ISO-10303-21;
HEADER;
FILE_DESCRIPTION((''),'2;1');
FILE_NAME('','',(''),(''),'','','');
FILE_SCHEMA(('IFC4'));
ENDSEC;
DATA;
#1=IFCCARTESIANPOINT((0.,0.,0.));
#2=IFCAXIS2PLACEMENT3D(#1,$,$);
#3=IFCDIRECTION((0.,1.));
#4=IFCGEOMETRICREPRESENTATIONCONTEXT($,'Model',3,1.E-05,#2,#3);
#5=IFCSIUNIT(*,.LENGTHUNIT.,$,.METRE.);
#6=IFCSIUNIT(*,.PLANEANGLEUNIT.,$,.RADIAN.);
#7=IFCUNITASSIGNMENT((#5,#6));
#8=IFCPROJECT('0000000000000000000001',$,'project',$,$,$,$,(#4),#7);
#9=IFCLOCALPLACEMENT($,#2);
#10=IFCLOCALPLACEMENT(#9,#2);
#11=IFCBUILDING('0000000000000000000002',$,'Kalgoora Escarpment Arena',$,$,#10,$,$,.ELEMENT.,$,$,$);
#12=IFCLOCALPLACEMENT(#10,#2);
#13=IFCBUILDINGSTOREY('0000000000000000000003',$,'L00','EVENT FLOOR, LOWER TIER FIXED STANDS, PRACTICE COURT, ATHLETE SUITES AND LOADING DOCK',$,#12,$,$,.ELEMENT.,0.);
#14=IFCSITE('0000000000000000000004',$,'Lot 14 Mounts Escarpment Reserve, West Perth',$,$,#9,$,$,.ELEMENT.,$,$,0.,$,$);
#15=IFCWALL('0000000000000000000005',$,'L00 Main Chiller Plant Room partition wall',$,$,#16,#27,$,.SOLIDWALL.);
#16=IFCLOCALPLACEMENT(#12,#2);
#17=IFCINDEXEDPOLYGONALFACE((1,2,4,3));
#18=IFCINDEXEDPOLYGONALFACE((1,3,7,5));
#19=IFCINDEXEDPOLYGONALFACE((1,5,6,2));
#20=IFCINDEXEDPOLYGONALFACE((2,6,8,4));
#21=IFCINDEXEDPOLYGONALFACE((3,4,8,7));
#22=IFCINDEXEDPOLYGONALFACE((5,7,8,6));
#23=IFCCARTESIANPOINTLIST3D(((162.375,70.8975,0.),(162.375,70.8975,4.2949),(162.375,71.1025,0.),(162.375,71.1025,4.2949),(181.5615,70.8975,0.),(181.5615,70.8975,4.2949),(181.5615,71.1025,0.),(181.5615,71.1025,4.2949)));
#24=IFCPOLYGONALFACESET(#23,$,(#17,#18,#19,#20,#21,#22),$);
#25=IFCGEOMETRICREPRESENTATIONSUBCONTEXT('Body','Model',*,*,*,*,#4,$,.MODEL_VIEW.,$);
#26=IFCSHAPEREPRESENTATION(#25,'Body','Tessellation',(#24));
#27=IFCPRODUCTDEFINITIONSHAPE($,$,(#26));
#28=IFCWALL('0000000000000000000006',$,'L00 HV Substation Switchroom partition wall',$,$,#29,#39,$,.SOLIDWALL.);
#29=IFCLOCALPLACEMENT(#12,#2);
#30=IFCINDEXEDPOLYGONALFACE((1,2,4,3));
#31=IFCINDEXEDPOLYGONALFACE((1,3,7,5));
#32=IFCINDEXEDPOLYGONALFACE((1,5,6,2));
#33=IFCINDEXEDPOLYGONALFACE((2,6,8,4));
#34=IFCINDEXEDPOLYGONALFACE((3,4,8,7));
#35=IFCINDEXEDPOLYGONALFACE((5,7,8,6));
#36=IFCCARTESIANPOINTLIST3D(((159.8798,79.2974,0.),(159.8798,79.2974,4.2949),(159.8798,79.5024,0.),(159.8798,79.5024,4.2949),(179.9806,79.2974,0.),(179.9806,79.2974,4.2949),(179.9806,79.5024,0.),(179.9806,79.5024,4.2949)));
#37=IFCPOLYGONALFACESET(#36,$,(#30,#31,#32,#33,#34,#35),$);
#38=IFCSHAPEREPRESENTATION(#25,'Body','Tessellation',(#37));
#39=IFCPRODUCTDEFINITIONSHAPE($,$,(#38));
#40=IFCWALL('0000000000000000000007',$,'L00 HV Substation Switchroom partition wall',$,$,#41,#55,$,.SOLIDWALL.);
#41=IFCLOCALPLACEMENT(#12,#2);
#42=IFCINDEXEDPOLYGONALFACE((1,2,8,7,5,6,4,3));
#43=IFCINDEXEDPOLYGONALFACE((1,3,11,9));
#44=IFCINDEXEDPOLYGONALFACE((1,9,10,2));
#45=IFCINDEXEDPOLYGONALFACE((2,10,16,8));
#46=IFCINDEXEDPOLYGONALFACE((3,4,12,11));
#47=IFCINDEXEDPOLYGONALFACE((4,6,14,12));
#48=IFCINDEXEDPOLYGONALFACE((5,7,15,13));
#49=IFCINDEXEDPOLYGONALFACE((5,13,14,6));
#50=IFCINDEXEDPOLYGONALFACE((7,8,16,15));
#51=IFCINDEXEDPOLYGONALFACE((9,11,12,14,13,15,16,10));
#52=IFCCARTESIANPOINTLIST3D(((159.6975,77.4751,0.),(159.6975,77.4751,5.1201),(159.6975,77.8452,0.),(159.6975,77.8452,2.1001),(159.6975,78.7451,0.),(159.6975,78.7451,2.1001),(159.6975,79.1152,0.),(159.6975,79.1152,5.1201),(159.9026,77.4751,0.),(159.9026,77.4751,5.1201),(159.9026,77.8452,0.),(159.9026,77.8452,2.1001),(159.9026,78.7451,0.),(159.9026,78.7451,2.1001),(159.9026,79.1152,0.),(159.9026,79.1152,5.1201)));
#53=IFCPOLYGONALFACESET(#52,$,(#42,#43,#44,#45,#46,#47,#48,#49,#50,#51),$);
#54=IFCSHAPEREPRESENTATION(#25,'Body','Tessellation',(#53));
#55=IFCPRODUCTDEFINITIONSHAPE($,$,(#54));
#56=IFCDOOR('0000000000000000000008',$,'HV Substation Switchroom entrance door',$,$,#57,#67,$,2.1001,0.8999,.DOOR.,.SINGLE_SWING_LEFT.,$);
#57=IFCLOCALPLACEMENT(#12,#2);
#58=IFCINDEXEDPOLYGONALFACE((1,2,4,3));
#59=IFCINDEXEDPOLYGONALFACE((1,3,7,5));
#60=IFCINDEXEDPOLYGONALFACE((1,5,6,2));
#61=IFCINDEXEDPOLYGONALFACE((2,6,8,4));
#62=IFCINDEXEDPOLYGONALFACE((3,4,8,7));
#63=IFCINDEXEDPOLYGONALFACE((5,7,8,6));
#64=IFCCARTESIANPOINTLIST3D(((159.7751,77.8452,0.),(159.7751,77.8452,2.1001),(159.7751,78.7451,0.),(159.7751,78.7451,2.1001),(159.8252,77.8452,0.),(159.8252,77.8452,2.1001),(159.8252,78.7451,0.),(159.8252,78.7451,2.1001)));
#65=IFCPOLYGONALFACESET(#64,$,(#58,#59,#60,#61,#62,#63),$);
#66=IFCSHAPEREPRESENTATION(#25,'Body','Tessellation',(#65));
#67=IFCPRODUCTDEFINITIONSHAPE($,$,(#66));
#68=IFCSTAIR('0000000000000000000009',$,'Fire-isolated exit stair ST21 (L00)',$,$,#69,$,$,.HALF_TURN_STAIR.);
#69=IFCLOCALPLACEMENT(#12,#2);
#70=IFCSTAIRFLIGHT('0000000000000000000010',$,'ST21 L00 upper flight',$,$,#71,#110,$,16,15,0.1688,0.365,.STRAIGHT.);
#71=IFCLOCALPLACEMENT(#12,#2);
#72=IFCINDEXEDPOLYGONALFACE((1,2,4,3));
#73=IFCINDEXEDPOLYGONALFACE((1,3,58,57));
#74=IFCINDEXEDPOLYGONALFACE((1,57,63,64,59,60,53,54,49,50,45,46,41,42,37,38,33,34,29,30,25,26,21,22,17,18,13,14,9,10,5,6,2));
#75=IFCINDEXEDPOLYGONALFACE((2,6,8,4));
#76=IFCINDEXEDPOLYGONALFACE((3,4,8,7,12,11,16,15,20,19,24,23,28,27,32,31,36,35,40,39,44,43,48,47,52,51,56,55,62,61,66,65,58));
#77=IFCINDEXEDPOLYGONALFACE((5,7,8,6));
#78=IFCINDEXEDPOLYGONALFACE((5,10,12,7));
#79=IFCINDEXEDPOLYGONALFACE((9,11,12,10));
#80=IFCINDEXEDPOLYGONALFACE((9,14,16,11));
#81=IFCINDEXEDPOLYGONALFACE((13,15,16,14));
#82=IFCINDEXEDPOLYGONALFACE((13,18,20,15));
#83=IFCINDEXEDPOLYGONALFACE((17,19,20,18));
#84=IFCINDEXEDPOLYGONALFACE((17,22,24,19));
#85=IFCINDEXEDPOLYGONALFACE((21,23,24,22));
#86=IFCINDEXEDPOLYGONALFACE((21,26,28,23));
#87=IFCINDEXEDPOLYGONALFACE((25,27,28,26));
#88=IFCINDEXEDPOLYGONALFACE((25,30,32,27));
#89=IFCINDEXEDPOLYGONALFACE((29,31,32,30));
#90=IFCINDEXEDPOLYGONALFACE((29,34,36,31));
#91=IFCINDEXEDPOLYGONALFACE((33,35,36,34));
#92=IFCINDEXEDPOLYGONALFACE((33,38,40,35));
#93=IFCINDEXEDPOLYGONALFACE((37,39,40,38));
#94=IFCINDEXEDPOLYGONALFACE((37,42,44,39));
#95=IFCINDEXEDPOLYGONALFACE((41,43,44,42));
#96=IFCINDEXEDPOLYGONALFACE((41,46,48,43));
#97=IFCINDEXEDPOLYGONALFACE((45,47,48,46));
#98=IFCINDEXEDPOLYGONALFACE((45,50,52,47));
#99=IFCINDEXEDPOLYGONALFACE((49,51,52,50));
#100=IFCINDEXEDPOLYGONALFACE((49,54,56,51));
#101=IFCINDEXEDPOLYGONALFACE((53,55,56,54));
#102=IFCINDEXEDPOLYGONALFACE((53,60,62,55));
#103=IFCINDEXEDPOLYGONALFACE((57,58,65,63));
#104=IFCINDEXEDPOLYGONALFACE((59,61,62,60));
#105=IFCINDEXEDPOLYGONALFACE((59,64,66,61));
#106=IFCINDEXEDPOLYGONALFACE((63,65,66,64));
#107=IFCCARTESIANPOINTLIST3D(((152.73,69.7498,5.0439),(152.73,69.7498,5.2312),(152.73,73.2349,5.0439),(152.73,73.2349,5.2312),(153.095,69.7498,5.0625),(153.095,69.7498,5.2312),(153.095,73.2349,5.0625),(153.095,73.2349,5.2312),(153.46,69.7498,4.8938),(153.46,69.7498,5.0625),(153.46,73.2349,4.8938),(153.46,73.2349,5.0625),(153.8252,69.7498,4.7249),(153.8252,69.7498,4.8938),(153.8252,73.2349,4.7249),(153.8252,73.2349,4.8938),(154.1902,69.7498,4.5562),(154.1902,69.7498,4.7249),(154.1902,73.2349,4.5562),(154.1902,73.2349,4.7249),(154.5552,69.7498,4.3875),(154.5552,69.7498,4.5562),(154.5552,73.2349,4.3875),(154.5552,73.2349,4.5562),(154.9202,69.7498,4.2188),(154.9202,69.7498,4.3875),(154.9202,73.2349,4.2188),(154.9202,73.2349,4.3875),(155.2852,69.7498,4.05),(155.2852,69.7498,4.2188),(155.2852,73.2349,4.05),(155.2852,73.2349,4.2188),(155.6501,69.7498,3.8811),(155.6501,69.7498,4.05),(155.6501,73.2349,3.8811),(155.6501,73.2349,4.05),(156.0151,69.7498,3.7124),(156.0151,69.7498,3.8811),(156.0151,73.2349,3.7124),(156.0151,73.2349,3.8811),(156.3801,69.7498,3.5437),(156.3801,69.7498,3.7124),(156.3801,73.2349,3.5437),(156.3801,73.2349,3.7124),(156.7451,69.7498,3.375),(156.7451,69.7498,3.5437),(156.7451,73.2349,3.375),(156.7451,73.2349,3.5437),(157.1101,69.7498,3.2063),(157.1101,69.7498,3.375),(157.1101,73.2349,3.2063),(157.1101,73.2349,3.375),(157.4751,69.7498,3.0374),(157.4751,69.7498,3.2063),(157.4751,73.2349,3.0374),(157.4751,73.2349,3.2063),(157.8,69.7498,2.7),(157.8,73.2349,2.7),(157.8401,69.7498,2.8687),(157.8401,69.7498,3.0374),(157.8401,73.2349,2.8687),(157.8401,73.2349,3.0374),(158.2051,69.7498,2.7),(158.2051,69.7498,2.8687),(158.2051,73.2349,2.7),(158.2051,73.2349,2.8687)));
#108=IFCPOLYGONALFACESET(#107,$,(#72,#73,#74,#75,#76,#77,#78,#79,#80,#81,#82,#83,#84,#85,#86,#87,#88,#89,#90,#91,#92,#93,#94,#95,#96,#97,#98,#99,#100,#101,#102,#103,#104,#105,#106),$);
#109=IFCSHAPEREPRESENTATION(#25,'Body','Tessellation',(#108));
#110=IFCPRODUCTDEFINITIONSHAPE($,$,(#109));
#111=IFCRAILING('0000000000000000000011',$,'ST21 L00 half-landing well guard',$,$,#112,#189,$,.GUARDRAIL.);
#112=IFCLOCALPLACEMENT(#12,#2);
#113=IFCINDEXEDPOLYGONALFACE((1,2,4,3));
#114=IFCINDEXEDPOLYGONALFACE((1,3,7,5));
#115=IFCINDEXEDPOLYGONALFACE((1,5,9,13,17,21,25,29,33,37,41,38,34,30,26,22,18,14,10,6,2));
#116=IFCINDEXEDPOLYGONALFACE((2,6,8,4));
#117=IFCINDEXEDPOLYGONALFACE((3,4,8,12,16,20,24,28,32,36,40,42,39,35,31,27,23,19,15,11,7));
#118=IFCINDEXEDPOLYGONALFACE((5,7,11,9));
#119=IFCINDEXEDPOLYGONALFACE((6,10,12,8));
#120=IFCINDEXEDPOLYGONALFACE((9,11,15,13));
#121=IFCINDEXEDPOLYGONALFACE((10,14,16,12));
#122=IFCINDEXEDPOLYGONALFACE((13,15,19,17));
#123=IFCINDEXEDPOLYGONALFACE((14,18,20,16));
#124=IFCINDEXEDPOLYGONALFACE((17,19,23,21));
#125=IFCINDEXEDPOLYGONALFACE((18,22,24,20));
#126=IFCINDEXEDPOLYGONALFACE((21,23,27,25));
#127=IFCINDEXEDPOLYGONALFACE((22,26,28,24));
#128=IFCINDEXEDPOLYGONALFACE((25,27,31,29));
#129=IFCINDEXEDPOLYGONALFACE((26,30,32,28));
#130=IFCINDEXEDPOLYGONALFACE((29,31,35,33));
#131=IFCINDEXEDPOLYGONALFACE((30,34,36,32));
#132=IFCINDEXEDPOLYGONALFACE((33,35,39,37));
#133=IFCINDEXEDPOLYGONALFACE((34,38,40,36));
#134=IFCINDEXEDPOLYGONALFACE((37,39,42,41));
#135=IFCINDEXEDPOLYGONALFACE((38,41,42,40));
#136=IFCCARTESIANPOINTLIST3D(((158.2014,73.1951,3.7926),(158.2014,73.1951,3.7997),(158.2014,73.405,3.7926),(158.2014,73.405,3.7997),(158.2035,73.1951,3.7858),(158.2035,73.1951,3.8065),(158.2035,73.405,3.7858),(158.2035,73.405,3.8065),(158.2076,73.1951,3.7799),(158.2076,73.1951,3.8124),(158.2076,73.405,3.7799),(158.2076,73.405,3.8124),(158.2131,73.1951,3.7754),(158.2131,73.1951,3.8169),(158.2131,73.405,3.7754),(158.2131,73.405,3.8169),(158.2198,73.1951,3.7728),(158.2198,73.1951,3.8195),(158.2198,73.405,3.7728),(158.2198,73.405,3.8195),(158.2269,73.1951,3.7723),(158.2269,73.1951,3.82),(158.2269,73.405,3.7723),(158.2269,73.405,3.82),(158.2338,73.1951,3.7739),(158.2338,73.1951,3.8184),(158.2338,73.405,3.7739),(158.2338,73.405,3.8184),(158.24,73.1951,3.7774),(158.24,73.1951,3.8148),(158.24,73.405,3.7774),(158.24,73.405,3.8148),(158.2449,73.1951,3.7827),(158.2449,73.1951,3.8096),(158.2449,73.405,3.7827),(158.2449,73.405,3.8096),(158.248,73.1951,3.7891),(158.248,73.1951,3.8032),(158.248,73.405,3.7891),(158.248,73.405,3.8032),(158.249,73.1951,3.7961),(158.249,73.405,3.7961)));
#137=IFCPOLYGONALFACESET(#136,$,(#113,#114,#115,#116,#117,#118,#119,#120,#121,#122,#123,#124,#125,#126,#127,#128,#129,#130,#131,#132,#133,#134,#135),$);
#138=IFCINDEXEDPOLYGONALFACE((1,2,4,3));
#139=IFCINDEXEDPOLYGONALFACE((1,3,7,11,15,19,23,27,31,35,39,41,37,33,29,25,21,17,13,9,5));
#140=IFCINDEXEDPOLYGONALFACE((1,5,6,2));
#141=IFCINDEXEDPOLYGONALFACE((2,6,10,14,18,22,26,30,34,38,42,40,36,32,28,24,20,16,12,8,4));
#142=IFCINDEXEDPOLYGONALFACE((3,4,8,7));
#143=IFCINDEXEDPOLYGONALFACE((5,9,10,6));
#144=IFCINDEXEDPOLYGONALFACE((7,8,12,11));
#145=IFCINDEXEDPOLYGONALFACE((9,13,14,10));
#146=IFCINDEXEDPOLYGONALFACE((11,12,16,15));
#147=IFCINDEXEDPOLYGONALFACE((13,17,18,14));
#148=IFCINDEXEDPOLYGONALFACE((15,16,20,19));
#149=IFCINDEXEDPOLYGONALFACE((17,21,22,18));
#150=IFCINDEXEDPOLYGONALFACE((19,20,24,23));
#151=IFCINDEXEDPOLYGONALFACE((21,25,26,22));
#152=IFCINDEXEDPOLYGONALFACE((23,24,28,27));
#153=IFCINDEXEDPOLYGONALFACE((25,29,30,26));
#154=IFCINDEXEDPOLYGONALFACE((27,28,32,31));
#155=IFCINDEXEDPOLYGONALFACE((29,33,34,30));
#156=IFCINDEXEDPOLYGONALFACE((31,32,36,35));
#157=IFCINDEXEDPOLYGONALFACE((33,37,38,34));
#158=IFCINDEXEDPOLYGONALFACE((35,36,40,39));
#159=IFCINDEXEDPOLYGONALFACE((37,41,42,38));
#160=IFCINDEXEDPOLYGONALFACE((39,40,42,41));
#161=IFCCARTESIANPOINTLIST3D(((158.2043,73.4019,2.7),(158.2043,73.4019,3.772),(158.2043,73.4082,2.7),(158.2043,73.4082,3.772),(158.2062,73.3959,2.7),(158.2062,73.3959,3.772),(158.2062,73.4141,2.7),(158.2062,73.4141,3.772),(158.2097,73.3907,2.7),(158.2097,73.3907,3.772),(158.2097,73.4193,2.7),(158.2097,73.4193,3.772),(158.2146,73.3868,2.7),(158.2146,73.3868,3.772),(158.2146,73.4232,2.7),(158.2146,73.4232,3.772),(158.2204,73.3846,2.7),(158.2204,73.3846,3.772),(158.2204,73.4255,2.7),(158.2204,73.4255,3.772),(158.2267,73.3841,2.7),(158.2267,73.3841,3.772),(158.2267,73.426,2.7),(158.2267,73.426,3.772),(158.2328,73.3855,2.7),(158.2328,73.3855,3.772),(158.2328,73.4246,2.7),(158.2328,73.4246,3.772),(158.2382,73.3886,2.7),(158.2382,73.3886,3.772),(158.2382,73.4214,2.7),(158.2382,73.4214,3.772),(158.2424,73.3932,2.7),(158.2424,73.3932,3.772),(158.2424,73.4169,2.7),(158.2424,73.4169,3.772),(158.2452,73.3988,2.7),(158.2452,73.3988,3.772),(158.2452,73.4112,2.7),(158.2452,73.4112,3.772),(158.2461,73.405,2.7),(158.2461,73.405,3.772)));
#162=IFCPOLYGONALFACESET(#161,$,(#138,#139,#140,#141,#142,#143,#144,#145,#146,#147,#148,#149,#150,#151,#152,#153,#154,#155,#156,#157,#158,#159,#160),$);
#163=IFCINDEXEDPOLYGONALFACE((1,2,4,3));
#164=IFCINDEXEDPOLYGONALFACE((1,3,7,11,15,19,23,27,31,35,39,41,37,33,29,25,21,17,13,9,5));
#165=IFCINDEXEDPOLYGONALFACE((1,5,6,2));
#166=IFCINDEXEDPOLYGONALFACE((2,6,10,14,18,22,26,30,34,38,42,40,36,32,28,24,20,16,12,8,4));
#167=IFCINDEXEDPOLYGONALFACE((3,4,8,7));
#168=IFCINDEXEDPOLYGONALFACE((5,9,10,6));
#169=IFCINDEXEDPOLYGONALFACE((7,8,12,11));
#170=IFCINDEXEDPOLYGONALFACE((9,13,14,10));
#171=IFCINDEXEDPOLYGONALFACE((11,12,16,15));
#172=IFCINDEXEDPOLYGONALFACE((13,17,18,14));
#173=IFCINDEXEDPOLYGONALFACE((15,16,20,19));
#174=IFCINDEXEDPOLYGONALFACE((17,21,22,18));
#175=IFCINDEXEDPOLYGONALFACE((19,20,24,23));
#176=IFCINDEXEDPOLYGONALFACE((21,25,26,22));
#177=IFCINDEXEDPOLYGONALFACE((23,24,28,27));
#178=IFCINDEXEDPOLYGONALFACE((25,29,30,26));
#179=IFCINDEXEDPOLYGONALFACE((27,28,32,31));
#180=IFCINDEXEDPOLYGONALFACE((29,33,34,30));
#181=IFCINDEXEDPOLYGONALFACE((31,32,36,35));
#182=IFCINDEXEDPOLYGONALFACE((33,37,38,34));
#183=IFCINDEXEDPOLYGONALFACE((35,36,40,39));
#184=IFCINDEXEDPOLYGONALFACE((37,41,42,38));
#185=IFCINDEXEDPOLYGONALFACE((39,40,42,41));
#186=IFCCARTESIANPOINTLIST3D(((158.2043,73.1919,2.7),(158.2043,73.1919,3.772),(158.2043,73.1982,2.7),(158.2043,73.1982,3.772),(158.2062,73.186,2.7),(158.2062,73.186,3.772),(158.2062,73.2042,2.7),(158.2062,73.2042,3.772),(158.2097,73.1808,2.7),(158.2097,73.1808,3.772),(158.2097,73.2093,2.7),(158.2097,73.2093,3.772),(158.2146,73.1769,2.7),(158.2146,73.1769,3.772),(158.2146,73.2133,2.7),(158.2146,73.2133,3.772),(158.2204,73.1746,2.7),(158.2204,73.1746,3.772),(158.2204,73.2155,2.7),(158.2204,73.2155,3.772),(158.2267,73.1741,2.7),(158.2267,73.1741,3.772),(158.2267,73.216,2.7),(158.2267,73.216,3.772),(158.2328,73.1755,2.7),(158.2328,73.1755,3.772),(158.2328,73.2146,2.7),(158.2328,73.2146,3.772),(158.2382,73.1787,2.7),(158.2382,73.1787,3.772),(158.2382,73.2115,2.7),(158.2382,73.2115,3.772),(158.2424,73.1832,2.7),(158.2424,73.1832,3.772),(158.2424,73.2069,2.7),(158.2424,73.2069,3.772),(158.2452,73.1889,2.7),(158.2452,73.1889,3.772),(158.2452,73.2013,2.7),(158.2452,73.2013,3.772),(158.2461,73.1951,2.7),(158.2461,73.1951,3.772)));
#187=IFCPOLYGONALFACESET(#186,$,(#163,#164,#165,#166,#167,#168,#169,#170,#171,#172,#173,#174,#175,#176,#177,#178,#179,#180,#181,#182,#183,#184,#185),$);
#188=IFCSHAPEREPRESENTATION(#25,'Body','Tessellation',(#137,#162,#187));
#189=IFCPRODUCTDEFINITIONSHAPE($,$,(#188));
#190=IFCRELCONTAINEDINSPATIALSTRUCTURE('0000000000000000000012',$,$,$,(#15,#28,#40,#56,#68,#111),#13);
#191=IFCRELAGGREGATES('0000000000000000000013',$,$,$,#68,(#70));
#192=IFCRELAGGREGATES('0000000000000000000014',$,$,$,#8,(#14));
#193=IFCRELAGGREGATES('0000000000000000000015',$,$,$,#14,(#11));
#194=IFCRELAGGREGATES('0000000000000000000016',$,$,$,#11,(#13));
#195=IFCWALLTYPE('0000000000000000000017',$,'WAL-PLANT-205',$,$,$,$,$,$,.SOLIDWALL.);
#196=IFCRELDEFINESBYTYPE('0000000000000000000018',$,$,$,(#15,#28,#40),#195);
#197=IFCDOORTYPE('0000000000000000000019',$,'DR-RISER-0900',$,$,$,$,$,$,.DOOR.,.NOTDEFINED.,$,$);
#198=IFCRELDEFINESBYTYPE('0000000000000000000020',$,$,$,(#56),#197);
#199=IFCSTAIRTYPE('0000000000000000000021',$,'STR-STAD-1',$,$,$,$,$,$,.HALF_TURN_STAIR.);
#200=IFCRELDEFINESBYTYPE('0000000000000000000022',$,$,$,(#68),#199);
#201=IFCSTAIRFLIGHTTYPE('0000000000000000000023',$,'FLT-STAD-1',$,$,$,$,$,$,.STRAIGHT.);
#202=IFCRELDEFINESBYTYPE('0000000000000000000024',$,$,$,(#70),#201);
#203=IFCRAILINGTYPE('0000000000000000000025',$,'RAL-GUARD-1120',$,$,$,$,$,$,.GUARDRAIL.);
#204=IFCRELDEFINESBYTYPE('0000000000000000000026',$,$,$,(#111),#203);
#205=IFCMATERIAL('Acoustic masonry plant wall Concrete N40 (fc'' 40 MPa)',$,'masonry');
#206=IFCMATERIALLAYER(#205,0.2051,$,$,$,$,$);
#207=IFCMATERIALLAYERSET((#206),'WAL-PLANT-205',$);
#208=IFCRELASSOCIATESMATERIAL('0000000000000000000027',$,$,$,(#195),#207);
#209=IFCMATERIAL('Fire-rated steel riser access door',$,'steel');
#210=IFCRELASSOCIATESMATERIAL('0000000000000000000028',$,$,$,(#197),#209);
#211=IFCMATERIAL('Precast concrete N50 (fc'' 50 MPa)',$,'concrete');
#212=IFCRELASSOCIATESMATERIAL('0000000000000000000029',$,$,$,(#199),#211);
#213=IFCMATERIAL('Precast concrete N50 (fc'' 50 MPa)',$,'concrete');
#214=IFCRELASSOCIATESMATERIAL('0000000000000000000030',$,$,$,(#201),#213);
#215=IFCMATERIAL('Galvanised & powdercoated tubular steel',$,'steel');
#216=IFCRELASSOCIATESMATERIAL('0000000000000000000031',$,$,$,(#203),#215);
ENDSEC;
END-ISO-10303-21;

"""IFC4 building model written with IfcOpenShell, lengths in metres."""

from ifc_helpers import new_model, si_unit, direction, frame, frame_2d, origin, origin_2d, place, context, subcontext, project, spatial, polyline, rectangle, circle, outline, extrude, material, layer, layer_set, type_object, element, fill, aggregate, save


model = new_model("IFC4")

# Units and contexts
model_context = context("Model", 3, precision=1e-05, world=origin(), true_north=direction((0.0, 1.0)))
body_context = subcontext(model_context, "Body", "Model", "MODEL_VIEW")
ifc_project = project(units=[si_unit("LENGTHUNIT", "METRE"), si_unit("PLANEANGLEUNIT", "RADIAN")], contexts=[model_context])

# Site, building, storey
site_placement = place(None, origin())
site = spatial("IfcSite", under=ifc_project, at=site_placement, Name="Lot 14 Mounts Escarpment Reserve, West Perth", CompositionType="ELEMENT", RefElevation=0.0)
building_placement = place(site_placement, origin())
building = spatial("IfcBuilding", under=site, at=building_placement, Name="Kalgoora Escarpment Arena", CompositionType="ELEMENT")
storey_placement = place(building_placement, origin())
storey = spatial("IfcBuildingStorey", under=building, at=storey_placement, Name="L00", Description="EVENT FLOOR, LOWER TIER FIXED STANDS, PRACTICE COURT, ATHLETE SUITES AND LOADING DOCK", CompositionType="ELEMENT", Elevation=0.0)

# Walls
ifc_material_1 = material(Name="Acoustic masonry plant wall Concrete N40 (fc' 40 MPa)", Category="masonry")
ifc_layer_1 = layer(ifc_material_1, 0.2051)
ifc_layer_set_1 = layer_set([ifc_layer_1], Name="WAL-PLANT-205")
wall_type_1 = type_object("IfcWallType", Name="WAL-PLANT-205", PredefinedType="SOLIDWALL", material=ifc_layer_set_1)
wall_1_placement = place(storey_placement, frame((162.375, 71.0, 0.0), z_axis=(0.0, 0.0, 1.0), x_axis=(1.0, 0.0, 0.0)))
element("IfcWall", 1, at=wall_1_placement, inside=storey, type_object=wall_type_1, Name="L00 Main Chiller Plant Room partition wall", PredefinedType="SOLIDWALL", context=body_context, shape_type="SweptSolid", body=[
    extrude(rectangle(XDim=19.1865, YDim=0.2051, at=frame_2d((9.5933, 0.0))), origin(), (0.0, 0.0, 1.0), 4.2949),
])
wall_2_placement = place(storey_placement, frame((159.8799, 79.3999, 0.0), z_axis=(0.0, 0.0, 1.0), x_axis=(1.0, 0.0, 0.0)))
element("IfcWall", 2, at=wall_2_placement, inside=storey, type_object=wall_type_1, Name="L00 HV Substation Switchroom partition wall", PredefinedType="SOLIDWALL", context=body_context, shape_type="SweptSolid", body=[
    extrude(rectangle(XDim=20.1008, YDim=0.2051, at=frame_2d((10.0503, 0.0))), origin(), (0.0, 0.0, 1.0), 4.2949),
])

# Wall, opening, door
wall_3_placement = place(storey_placement, frame((159.8, 77.4751, 0.0), z_axis=(0.0, 0.0, 1.0), x_axis=(0.0, 1.0, 0.0)))
wall_3 = element("IfcWall", 3, at=wall_3_placement, inside=storey, type_object=wall_type_1, Name="L00 HV Substation Switchroom partition wall", PredefinedType="SOLIDWALL", context=body_context, shape_type="SweptSolid", body=[
    extrude(rectangle(XDim=1.6401, YDim=0.2051, at=frame_2d((0.8201, 0.0))), origin(), (0.0, 0.0, 1.0), 5.1201),
])
opening_placement = place(wall_3_placement, frame((0.3701, 0.0, 0.0)))
opening = element("IfcOpeningElement", 4, at=opening_placement, cuts=wall_3, PredefinedType="OPENING", context=body_context, shape_type="SweptSolid", body=[
    extrude(rectangle(XDim=0.8999, YDim=2.1001, at=frame_2d((0.45, 1.05))), frame((0.0, 0.1125, 0.0), z_axis=(0.0, -1.0, 0.0), x_axis=(1.0, 0.0, 0.0)), (0.0, 0.0, 1.0), 0.2251),
])
ifc_material_2 = material(Name="Fire-rated steel riser access door", Category="steel")
door_type = type_object("IfcDoorType", Name="DR-RISER-0900", OperationType="NOTDEFINED", PredefinedType="DOOR", material=ifc_material_2)
door_placement = place(opening_placement, origin())
door = element("IfcDoor", 5, at=door_placement, inside=storey, type_object=door_type, Name="HV Substation Switchroom entrance door", OperationType="SINGLE_SWING_LEFT", OverallHeight=2.1001, OverallWidth=0.8999, PredefinedType="DOOR", context=body_context, shape_type="SweptSolid", body=[
    extrude(rectangle(XDim=0.8999, YDim=2.1001, at=frame_2d((0.45, 1.05))), frame((0.0, 0.0249, 0.0), z_axis=(0.0, -1.0, 0.0), x_axis=(1.0, 0.0, 0.0)), (0.0, 0.0, 1.0), 0.05),
])
fill(opening, door)

# Stair, stair flight
ifc_material_3 = material(Name="Precast concrete N50 (fc' 50 MPa)", Category="concrete")
stair_type = type_object("IfcStairType", Name="STR-STAD-1", PredefinedType="HALF_TURN_STAIR", material=ifc_material_3)
stair_placement = place(storey_placement, origin())
stair = element("IfcStair", 6, at=stair_placement, inside=storey, type_object=stair_type, Name="Fire-isolated exit stair ST21 (L00)", PredefinedType="HALF_TURN_STAIR")
ifc_material_4 = material(Name="Precast concrete N50 (fc' 50 MPa)", Category="concrete")
stair_flight_type = type_object("IfcStairFlightType", Name="FLT-STAD-1", PredefinedType="STRAIGHT", material=ifc_material_4)
stair_flight_placement = place(storey_placement, frame((158.2051, 71.4924, 2.7), z_axis=(0.0, 0.0, 1.0), x_axis=(-1.0, 0.0, 0.0)))
stair_flight = element("IfcStairFlight", 7, at=stair_flight_placement, type_object=stair_flight_type, Name="ST21 L00 upper flight", NumberOfRisers=16, NumberOfTreads=15, PredefinedType="STRAIGHT", RiserHeight=0.1688, TreadLength=0.365, context=body_context, shape_type="SweptSolid", body=[
    extrude(outline(polyline([(0.0, 0.0), (0.0, 0.1687), (0.365, 0.1687), (0.365, 0.3374), (0.73, 0.3374), (0.73, 0.5063), (1.095, 0.5063), (1.095, 0.675), (1.46, 0.675), (1.46, 0.8438), (1.825, 0.8438), (1.825, 1.0125), (2.1899, 1.0125), (2.1899, 1.1812), (2.5549, 1.1812), (2.5549, 1.3501), (2.9199, 1.3501), (2.9199, 1.5188), (3.2849, 1.5188), (3.2849, 1.6875), (3.6499, 1.6875), (3.6499, 1.8562), (4.0149, 1.8562), (4.0149, 2.0249), (4.3799, 2.0249), (4.3799, 2.1938), (4.7451, 2.1938), (4.7451, 2.3625), (5.1101, 2.3625), (5.1101, 2.5312), (5.4751, 2.5312), (5.4751, 2.7), (5.4751, 2.344), (0.405, 0.0), (0.0, 0.0)])), frame((0.0, 1.7427, 0.0), z_axis=(0.0, -1.0, 0.0), x_axis=(1.0, 0.0, 0.0)), (0.0, 0.0, 1.0), 3.4851),
])
aggregate(stair, [stair_flight])

# Railing
ifc_material_5 = material(Name="Galvanised & powdercoated tubular steel", Category="steel")
railing_type_1 = type_object("IfcRailingType", Name="RAL-GUARD-1120", PredefinedType="GUARDRAIL", material=ifc_material_5)
railing_1_placement = place(storey_placement, frame((158.2251, 73.405, 2.7)))
element("IfcRailing", 8, at=railing_1_placement, inside=storey, type_object=railing_type_1, Name="ST21 L00 half-landing well guard", PredefinedType="GUARDRAIL", context=body_context, shape_type="SweptSolid", body=[
    extrude(circle(Radius=0.0239, at=origin_2d()), frame((0.0, 0.0, 1.0962), z_axis=(0.0, -1.0, 0.0), x_axis=(1.0, 0.0, 0.0)), (0.0, 0.0, 1.0), 0.21),
    extrude(circle(Radius=0.021, at=origin_2d()), origin(), (0.0, 0.0, 1.0), 1.072),
    extrude(circle(Radius=0.021, at=origin_2d()), frame((0.0, -0.21, 0.0)), (0.0, 0.0, 1.0), 1.072),
])

save(model, "model.ifc")
